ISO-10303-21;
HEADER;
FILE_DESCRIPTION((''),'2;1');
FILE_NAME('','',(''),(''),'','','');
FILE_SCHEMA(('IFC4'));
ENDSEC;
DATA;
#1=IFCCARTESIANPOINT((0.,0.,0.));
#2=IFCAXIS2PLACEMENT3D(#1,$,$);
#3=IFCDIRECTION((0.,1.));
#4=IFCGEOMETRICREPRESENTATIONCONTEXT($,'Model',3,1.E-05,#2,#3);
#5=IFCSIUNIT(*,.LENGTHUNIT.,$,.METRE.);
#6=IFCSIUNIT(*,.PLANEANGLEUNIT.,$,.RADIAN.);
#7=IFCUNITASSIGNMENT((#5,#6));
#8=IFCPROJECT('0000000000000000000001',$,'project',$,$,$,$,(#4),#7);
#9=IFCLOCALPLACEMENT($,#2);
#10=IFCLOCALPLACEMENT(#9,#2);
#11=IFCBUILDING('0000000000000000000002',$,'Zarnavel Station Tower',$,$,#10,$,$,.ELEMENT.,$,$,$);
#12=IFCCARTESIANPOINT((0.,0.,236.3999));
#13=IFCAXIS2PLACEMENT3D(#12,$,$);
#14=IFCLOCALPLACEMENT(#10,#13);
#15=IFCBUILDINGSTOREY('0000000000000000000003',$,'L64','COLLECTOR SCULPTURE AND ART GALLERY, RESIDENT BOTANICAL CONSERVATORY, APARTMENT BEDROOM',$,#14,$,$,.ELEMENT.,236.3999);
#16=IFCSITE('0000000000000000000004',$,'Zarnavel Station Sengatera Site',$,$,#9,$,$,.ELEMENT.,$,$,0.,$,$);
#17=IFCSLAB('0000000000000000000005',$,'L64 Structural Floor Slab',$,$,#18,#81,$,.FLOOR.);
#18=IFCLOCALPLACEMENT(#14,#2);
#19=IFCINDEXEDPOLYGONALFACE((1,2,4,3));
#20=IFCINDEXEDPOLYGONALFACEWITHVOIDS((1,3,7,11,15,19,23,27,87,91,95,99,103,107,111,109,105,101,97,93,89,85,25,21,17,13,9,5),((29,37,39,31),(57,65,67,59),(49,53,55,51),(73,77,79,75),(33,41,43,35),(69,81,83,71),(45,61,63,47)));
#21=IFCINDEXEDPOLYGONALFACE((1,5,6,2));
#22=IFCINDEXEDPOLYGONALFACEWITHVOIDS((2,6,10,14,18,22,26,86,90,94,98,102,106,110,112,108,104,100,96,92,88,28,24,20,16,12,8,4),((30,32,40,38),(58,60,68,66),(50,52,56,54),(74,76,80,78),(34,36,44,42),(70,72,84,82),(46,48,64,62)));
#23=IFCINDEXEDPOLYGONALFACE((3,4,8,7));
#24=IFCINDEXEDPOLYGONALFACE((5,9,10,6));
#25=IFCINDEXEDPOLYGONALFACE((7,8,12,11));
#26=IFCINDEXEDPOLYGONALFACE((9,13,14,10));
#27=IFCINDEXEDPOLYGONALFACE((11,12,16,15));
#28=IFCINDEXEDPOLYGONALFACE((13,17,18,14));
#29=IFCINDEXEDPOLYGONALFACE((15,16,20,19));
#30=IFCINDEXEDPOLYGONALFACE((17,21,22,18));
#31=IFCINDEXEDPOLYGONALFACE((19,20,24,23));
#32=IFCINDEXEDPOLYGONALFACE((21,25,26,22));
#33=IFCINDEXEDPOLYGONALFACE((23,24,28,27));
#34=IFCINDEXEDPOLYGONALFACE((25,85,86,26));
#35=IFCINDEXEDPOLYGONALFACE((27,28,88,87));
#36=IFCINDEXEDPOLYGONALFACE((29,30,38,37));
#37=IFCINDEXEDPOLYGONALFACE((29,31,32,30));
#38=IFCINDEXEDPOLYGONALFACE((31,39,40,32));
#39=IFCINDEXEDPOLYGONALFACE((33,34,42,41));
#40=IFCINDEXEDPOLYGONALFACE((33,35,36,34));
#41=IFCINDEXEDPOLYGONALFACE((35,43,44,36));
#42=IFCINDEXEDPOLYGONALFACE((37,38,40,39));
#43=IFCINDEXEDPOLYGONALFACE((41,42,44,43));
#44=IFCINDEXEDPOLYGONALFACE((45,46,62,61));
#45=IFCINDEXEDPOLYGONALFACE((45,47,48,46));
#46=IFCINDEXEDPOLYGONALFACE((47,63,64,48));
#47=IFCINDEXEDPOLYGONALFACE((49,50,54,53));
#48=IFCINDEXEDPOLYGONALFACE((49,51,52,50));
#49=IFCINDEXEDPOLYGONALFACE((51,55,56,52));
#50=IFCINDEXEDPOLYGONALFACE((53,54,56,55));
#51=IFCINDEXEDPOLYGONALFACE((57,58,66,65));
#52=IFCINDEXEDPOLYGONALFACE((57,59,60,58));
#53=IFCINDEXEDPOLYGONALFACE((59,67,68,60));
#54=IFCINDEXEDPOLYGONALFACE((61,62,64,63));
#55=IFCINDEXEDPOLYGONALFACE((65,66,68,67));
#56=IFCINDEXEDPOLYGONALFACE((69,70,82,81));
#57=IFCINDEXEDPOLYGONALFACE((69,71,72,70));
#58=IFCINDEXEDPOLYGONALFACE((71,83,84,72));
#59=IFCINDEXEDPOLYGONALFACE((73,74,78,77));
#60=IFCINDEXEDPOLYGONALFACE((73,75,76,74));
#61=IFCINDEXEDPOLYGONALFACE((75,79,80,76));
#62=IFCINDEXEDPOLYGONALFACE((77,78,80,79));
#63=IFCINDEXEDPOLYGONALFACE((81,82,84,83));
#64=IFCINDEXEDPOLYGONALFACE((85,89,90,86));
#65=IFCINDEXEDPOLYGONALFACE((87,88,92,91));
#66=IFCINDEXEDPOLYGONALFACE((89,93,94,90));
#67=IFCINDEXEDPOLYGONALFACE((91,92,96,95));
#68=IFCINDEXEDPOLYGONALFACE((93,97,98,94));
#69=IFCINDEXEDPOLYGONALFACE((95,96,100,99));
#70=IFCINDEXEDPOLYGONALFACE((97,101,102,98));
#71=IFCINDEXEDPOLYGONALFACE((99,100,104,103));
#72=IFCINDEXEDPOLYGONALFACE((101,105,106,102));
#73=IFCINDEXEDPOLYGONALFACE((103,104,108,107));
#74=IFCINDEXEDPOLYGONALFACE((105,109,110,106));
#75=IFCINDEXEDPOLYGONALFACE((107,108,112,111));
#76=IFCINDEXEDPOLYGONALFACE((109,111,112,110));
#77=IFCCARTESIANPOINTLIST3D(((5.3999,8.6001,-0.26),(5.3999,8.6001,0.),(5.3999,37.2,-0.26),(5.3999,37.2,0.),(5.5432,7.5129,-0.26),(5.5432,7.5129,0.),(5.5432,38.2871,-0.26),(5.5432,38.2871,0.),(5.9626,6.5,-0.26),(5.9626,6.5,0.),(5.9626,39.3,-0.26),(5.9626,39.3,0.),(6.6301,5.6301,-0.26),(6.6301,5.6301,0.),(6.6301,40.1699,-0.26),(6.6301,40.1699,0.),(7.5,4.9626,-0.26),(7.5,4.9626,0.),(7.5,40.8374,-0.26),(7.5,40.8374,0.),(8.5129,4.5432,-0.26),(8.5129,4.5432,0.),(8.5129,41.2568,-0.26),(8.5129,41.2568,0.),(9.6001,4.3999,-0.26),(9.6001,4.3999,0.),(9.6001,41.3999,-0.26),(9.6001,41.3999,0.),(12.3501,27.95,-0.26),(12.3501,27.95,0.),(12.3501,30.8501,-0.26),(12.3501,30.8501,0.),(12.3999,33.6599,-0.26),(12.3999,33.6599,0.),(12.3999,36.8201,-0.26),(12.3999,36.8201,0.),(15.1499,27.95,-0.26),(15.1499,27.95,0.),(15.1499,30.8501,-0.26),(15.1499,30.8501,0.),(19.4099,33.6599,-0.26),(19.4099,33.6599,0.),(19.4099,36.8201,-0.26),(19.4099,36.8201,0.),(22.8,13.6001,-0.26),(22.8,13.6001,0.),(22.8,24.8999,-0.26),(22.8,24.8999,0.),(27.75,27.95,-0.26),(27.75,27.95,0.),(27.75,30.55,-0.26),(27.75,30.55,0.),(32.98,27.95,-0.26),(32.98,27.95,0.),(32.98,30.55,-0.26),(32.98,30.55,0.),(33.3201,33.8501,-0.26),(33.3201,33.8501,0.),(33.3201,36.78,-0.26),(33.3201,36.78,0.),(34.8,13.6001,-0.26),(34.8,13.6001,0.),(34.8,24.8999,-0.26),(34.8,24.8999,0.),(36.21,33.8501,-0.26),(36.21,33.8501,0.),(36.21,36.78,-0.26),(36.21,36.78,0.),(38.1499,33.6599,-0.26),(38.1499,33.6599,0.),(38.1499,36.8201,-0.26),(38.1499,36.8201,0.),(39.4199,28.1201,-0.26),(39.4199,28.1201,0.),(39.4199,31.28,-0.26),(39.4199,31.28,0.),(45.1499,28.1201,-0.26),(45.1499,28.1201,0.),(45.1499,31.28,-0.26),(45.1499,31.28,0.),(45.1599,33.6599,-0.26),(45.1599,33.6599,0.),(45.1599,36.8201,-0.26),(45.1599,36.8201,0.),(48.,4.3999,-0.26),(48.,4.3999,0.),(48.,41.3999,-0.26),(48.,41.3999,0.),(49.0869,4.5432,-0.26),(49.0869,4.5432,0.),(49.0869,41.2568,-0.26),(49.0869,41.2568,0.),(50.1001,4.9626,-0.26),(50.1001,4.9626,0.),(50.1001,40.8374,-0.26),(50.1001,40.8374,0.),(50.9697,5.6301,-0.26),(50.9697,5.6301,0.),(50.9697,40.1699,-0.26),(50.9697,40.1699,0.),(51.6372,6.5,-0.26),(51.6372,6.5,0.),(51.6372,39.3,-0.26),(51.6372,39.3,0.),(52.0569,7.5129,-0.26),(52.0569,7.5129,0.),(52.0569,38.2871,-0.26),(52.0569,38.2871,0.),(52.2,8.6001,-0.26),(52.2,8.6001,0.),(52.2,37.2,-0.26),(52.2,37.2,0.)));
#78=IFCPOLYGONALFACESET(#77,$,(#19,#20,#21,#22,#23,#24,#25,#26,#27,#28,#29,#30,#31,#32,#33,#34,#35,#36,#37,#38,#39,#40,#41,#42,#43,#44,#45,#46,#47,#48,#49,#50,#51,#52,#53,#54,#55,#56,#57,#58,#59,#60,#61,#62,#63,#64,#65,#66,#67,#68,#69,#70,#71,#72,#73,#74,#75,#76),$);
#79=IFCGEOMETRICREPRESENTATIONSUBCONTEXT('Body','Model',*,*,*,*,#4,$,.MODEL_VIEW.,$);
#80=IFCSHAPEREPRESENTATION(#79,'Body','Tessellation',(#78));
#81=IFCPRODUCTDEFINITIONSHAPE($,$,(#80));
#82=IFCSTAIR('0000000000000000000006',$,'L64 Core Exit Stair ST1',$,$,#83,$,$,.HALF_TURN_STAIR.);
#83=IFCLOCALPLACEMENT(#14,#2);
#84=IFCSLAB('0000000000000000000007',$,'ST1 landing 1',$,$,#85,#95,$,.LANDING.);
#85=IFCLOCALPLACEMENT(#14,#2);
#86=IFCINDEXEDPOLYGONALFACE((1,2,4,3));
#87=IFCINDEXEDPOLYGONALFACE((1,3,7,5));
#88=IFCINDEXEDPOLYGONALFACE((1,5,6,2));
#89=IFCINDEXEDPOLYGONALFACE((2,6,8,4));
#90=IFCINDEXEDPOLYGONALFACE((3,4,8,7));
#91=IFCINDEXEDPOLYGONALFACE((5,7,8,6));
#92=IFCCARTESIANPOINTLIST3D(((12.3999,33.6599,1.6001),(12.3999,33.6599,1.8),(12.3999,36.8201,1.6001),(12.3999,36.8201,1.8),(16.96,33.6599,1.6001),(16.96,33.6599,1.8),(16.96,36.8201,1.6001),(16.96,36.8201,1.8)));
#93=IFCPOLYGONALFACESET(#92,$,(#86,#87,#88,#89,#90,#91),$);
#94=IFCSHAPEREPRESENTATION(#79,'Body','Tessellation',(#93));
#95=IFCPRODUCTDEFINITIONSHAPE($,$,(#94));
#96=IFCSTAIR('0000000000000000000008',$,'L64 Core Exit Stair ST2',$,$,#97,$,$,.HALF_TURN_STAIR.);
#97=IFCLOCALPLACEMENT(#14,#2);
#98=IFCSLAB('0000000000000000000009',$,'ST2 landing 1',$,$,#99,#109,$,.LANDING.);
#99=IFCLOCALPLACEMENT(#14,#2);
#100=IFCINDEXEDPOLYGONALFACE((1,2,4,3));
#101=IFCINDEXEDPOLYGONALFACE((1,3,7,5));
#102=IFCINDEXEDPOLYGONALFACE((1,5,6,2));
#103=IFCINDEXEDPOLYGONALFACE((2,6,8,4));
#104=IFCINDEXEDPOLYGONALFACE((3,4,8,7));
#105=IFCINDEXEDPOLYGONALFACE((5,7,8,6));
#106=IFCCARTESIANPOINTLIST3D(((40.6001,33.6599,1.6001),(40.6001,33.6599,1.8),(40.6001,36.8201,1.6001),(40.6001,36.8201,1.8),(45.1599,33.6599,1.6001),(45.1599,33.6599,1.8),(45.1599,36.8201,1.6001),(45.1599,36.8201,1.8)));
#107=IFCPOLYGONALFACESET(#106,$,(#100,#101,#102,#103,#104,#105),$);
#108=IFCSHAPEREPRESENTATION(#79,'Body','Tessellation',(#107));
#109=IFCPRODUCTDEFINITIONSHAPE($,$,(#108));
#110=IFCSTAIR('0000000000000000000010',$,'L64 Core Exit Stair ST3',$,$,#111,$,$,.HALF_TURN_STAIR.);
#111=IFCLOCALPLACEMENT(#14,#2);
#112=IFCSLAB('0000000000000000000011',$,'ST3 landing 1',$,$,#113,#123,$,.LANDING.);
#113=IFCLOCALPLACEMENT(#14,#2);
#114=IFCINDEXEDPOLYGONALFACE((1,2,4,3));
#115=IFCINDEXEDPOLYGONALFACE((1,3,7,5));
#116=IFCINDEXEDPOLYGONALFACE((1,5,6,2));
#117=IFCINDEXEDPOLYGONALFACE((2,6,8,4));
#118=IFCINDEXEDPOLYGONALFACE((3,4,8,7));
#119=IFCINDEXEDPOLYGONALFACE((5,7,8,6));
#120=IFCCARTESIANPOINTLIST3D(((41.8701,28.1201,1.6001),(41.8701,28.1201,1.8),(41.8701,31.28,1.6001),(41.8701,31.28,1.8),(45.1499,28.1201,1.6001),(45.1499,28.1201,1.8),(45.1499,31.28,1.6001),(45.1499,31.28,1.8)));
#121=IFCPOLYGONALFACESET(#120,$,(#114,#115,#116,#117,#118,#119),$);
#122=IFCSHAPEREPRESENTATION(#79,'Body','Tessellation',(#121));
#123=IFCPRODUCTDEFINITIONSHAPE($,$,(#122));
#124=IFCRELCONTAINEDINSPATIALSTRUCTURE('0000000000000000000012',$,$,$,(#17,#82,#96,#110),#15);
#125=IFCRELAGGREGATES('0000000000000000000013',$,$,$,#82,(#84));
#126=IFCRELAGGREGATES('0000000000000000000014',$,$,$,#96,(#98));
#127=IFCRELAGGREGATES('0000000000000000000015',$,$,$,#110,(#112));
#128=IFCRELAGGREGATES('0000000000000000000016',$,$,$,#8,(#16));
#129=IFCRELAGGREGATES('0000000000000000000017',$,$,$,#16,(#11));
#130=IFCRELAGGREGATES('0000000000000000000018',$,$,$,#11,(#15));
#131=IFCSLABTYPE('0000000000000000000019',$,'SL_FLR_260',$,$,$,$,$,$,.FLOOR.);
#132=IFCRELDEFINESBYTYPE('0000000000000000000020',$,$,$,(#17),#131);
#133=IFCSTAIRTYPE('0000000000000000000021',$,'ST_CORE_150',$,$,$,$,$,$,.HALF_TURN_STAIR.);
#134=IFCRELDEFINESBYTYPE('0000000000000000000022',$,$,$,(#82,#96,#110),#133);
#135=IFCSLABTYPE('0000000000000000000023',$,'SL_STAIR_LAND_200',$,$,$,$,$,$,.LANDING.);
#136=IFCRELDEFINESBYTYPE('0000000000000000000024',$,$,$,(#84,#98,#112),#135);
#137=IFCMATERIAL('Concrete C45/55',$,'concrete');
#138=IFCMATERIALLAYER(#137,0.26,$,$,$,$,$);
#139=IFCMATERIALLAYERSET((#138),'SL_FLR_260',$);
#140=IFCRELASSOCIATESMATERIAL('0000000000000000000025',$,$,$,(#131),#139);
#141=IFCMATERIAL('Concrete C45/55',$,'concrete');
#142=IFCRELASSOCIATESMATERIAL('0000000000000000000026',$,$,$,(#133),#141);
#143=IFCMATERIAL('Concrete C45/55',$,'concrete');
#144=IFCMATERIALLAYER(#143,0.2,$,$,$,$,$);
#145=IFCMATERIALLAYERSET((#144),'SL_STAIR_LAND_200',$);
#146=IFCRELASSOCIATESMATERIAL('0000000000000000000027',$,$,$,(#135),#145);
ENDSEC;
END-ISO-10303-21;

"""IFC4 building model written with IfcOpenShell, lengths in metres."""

from ifc_helpers import new_model, si_unit, direction, frame, origin, place, context, subcontext, project, spatial, polyline, outline, extrude, material, layer, layer_set, type_object, element, aggregate, save


model = new_model("IFC4")

# Units and contexts
model_context = context("Model", 3, precision=1e-05, world=origin(), true_north=direction((0.0, 1.0)))
body_context = subcontext(model_context, "Body", "Model", "MODEL_VIEW")
ifc_project = project(units=[si_unit("LENGTHUNIT", "METRE"), si_unit("PLANEANGLEUNIT", "RADIAN")], contexts=[model_context])

# Site, building, storey
site_placement = place(None, origin())
site = spatial("IfcSite", under=ifc_project, at=site_placement, Name="Zarnavel Station Sengatera Site", CompositionType="ELEMENT", RefElevation=0.0)
building_placement = place(site_placement, origin())
building = spatial("IfcBuilding", under=site, at=building_placement, Name="Zarnavel Station Tower", CompositionType="ELEMENT")
storey_placement = place(building_placement, frame((0.0, 0.0, 236.3999)))
storey = spatial("IfcBuildingStorey", under=building, at=storey_placement, Name="L64", Description="COLLECTOR SCULPTURE AND ART GALLERY, RESIDENT BOTANICAL CONSERVATORY, APARTMENT BEDROOM", CompositionType="ELEMENT", Elevation=236.3999)

# Slab
ifc_material_1 = material(Name="Concrete C45/55", Category="concrete")
ifc_layer_1 = layer(ifc_material_1, 0.26)
ifc_layer_set_1 = layer_set([ifc_layer_1], Name="SL_FLR_260")
slab_type_1 = type_object("IfcSlabType", Name="SL_FLR_260", PredefinedType="FLOOR", material=ifc_layer_set_1)
slab_1_placement = place(storey_placement, frame((0.0, 0.0, -0.26)))
element("IfcSlab", 1, at=slab_1_placement, inside=storey, type_object=slab_type_1, Name="L64 Structural Floor Slab", PredefinedType="FLOOR", context=body_context, shape_type="SweptSolid", body=[
    extrude(outline(polyline([(48.0, 4.3999), (49.0869, 4.5432), (50.1001, 4.9626), (50.9697, 5.6301), (51.6372, 6.5), (52.0569, 7.5129), (52.2, 8.6001), (52.2, 37.2), (52.0569, 38.2871), (51.6372, 39.3), (50.9697, 40.1699), (50.1001, 40.8374), (49.0869, 41.2568), (48.0, 41.3999), (9.6001, 41.3999), (8.5129, 41.2568), (7.5, 40.8374), (6.6301, 40.1699), (5.9626, 39.3), (5.5432, 38.2871), (5.3999, 37.2), (5.3999, 8.6001), (5.5432, 7.5129), (5.9626, 6.5), (6.6301, 5.6301), (7.5, 4.9626), (8.5129, 4.5432), (9.6001, 4.3999), (48.0, 4.3999)]), holes=[polyline([(12.3999, 33.6599), (19.4099, 33.6599), (19.4099, 36.8201), (12.3999, 36.8201), (12.3999, 33.6599)]), polyline([(38.1499, 33.6599), (45.1599, 33.6599), (45.1599, 36.8201), (38.1499, 36.8201), (38.1499, 33.6599)]), polyline([(39.4199, 28.1201), (45.1499, 28.1201), (45.1499, 31.28), (39.4199, 31.28), (39.4199, 28.1201)]), polyline([(12.3501, 27.95), (15.1499, 27.95), (15.1499, 30.8501), (12.3501, 30.8501), (12.3501, 27.95)]), polyline([(33.3201, 33.8501), (36.21, 33.8501), (36.21, 36.78), (33.3201, 36.78), (33.3201, 33.8501)]), polyline([(27.75, 27.95), (32.98, 27.95), (32.98, 30.55), (27.75, 30.55), (27.75, 27.95)]), polyline([(22.8, 13.6001), (34.8, 13.6001), (34.8, 24.8999), (22.8, 24.8999), (22.8, 13.6001)])]), origin(), (0.0, 0.0, 1.0), 0.26),
])

# Stairs, slabs
ifc_material_2 = material(Name="Concrete C45/55", Category="concrete")
stair_type = type_object("IfcStairType", Name="ST_CORE_150", PredefinedType="HALF_TURN_STAIR", material=ifc_material_2)
stair_1_placement = place(storey_placement, origin())
stair_1 = element("IfcStair", 2, at=stair_1_placement, inside=storey, type_object=stair_type, Name="L64 Core Exit Stair ST1", PredefinedType="HALF_TURN_STAIR")
ifc_material_3 = material(Name="Concrete C45/55", Category="concrete")
ifc_layer_2 = layer(ifc_material_3, 0.2)
ifc_layer_set_2 = layer_set([ifc_layer_2], Name="SL_STAIR_LAND_200")
slab_type_2 = type_object("IfcSlabType", Name="SL_STAIR_LAND_200", PredefinedType="LANDING", material=ifc_layer_set_2)
slab_2_placement = place(storey_placement, frame((0.0, 0.0, 1.6001)))
slab_2 = element("IfcSlab", 3, at=slab_2_placement, type_object=slab_type_2, Name="ST1 landing 1", PredefinedType="LANDING", context=body_context, shape_type="SweptSolid", body=[
    extrude(outline(polyline([(16.96, 36.8201), (12.3999, 36.8201), (12.3999, 33.6599), (16.96, 33.6599), (16.96, 36.8201)])), origin(), (0.0, 0.0, 1.0), 0.2),
])
aggregate(stair_1, [slab_2])
stair_2_placement = place(storey_placement, origin())
stair_2 = element("IfcStair", 4, at=stair_2_placement, inside=storey, type_object=stair_type, Name="L64 Core Exit Stair ST2", PredefinedType="HALF_TURN_STAIR")
slab_3_placement = place(storey_placement, frame((0.0, 0.0, 1.6001)))
slab_3 = element("IfcSlab", 5, at=slab_3_placement, type_object=slab_type_2, Name="ST2 landing 1", PredefinedType="LANDING", context=body_context, shape_type="SweptSolid", body=[
    extrude(outline(polyline([(40.6001, 33.6599), (45.1599, 33.6599), (45.1599, 36.8201), (40.6001, 36.8201), (40.6001, 33.6599)])), origin(), (0.0, 0.0, 1.0), 0.2),
])
aggregate(stair_2, [slab_3])
stair_3_placement = place(storey_placement, origin())
stair_3 = element("IfcStair", 6, at=stair_3_placement, inside=storey, type_object=stair_type, Name="L64 Core Exit Stair ST3", PredefinedType="HALF_TURN_STAIR")
slab_4_placement = place(storey_placement, frame((0.0, 0.0, 1.6001)))
slab_4 = element("IfcSlab", 7, at=slab_4_placement, type_object=slab_type_2, Name="ST3 landing 1", PredefinedType="LANDING", context=body_context, shape_type="SweptSolid", body=[
    extrude(outline(polyline([(41.8701, 28.1201), (45.1499, 28.1201), (45.1499, 31.28), (41.8701, 31.28), (41.8701, 28.1201)])), origin(), (0.0, 0.0, 1.0), 0.2),
])
aggregate(stair_3, [slab_4])

save(model, "model.ifc")
